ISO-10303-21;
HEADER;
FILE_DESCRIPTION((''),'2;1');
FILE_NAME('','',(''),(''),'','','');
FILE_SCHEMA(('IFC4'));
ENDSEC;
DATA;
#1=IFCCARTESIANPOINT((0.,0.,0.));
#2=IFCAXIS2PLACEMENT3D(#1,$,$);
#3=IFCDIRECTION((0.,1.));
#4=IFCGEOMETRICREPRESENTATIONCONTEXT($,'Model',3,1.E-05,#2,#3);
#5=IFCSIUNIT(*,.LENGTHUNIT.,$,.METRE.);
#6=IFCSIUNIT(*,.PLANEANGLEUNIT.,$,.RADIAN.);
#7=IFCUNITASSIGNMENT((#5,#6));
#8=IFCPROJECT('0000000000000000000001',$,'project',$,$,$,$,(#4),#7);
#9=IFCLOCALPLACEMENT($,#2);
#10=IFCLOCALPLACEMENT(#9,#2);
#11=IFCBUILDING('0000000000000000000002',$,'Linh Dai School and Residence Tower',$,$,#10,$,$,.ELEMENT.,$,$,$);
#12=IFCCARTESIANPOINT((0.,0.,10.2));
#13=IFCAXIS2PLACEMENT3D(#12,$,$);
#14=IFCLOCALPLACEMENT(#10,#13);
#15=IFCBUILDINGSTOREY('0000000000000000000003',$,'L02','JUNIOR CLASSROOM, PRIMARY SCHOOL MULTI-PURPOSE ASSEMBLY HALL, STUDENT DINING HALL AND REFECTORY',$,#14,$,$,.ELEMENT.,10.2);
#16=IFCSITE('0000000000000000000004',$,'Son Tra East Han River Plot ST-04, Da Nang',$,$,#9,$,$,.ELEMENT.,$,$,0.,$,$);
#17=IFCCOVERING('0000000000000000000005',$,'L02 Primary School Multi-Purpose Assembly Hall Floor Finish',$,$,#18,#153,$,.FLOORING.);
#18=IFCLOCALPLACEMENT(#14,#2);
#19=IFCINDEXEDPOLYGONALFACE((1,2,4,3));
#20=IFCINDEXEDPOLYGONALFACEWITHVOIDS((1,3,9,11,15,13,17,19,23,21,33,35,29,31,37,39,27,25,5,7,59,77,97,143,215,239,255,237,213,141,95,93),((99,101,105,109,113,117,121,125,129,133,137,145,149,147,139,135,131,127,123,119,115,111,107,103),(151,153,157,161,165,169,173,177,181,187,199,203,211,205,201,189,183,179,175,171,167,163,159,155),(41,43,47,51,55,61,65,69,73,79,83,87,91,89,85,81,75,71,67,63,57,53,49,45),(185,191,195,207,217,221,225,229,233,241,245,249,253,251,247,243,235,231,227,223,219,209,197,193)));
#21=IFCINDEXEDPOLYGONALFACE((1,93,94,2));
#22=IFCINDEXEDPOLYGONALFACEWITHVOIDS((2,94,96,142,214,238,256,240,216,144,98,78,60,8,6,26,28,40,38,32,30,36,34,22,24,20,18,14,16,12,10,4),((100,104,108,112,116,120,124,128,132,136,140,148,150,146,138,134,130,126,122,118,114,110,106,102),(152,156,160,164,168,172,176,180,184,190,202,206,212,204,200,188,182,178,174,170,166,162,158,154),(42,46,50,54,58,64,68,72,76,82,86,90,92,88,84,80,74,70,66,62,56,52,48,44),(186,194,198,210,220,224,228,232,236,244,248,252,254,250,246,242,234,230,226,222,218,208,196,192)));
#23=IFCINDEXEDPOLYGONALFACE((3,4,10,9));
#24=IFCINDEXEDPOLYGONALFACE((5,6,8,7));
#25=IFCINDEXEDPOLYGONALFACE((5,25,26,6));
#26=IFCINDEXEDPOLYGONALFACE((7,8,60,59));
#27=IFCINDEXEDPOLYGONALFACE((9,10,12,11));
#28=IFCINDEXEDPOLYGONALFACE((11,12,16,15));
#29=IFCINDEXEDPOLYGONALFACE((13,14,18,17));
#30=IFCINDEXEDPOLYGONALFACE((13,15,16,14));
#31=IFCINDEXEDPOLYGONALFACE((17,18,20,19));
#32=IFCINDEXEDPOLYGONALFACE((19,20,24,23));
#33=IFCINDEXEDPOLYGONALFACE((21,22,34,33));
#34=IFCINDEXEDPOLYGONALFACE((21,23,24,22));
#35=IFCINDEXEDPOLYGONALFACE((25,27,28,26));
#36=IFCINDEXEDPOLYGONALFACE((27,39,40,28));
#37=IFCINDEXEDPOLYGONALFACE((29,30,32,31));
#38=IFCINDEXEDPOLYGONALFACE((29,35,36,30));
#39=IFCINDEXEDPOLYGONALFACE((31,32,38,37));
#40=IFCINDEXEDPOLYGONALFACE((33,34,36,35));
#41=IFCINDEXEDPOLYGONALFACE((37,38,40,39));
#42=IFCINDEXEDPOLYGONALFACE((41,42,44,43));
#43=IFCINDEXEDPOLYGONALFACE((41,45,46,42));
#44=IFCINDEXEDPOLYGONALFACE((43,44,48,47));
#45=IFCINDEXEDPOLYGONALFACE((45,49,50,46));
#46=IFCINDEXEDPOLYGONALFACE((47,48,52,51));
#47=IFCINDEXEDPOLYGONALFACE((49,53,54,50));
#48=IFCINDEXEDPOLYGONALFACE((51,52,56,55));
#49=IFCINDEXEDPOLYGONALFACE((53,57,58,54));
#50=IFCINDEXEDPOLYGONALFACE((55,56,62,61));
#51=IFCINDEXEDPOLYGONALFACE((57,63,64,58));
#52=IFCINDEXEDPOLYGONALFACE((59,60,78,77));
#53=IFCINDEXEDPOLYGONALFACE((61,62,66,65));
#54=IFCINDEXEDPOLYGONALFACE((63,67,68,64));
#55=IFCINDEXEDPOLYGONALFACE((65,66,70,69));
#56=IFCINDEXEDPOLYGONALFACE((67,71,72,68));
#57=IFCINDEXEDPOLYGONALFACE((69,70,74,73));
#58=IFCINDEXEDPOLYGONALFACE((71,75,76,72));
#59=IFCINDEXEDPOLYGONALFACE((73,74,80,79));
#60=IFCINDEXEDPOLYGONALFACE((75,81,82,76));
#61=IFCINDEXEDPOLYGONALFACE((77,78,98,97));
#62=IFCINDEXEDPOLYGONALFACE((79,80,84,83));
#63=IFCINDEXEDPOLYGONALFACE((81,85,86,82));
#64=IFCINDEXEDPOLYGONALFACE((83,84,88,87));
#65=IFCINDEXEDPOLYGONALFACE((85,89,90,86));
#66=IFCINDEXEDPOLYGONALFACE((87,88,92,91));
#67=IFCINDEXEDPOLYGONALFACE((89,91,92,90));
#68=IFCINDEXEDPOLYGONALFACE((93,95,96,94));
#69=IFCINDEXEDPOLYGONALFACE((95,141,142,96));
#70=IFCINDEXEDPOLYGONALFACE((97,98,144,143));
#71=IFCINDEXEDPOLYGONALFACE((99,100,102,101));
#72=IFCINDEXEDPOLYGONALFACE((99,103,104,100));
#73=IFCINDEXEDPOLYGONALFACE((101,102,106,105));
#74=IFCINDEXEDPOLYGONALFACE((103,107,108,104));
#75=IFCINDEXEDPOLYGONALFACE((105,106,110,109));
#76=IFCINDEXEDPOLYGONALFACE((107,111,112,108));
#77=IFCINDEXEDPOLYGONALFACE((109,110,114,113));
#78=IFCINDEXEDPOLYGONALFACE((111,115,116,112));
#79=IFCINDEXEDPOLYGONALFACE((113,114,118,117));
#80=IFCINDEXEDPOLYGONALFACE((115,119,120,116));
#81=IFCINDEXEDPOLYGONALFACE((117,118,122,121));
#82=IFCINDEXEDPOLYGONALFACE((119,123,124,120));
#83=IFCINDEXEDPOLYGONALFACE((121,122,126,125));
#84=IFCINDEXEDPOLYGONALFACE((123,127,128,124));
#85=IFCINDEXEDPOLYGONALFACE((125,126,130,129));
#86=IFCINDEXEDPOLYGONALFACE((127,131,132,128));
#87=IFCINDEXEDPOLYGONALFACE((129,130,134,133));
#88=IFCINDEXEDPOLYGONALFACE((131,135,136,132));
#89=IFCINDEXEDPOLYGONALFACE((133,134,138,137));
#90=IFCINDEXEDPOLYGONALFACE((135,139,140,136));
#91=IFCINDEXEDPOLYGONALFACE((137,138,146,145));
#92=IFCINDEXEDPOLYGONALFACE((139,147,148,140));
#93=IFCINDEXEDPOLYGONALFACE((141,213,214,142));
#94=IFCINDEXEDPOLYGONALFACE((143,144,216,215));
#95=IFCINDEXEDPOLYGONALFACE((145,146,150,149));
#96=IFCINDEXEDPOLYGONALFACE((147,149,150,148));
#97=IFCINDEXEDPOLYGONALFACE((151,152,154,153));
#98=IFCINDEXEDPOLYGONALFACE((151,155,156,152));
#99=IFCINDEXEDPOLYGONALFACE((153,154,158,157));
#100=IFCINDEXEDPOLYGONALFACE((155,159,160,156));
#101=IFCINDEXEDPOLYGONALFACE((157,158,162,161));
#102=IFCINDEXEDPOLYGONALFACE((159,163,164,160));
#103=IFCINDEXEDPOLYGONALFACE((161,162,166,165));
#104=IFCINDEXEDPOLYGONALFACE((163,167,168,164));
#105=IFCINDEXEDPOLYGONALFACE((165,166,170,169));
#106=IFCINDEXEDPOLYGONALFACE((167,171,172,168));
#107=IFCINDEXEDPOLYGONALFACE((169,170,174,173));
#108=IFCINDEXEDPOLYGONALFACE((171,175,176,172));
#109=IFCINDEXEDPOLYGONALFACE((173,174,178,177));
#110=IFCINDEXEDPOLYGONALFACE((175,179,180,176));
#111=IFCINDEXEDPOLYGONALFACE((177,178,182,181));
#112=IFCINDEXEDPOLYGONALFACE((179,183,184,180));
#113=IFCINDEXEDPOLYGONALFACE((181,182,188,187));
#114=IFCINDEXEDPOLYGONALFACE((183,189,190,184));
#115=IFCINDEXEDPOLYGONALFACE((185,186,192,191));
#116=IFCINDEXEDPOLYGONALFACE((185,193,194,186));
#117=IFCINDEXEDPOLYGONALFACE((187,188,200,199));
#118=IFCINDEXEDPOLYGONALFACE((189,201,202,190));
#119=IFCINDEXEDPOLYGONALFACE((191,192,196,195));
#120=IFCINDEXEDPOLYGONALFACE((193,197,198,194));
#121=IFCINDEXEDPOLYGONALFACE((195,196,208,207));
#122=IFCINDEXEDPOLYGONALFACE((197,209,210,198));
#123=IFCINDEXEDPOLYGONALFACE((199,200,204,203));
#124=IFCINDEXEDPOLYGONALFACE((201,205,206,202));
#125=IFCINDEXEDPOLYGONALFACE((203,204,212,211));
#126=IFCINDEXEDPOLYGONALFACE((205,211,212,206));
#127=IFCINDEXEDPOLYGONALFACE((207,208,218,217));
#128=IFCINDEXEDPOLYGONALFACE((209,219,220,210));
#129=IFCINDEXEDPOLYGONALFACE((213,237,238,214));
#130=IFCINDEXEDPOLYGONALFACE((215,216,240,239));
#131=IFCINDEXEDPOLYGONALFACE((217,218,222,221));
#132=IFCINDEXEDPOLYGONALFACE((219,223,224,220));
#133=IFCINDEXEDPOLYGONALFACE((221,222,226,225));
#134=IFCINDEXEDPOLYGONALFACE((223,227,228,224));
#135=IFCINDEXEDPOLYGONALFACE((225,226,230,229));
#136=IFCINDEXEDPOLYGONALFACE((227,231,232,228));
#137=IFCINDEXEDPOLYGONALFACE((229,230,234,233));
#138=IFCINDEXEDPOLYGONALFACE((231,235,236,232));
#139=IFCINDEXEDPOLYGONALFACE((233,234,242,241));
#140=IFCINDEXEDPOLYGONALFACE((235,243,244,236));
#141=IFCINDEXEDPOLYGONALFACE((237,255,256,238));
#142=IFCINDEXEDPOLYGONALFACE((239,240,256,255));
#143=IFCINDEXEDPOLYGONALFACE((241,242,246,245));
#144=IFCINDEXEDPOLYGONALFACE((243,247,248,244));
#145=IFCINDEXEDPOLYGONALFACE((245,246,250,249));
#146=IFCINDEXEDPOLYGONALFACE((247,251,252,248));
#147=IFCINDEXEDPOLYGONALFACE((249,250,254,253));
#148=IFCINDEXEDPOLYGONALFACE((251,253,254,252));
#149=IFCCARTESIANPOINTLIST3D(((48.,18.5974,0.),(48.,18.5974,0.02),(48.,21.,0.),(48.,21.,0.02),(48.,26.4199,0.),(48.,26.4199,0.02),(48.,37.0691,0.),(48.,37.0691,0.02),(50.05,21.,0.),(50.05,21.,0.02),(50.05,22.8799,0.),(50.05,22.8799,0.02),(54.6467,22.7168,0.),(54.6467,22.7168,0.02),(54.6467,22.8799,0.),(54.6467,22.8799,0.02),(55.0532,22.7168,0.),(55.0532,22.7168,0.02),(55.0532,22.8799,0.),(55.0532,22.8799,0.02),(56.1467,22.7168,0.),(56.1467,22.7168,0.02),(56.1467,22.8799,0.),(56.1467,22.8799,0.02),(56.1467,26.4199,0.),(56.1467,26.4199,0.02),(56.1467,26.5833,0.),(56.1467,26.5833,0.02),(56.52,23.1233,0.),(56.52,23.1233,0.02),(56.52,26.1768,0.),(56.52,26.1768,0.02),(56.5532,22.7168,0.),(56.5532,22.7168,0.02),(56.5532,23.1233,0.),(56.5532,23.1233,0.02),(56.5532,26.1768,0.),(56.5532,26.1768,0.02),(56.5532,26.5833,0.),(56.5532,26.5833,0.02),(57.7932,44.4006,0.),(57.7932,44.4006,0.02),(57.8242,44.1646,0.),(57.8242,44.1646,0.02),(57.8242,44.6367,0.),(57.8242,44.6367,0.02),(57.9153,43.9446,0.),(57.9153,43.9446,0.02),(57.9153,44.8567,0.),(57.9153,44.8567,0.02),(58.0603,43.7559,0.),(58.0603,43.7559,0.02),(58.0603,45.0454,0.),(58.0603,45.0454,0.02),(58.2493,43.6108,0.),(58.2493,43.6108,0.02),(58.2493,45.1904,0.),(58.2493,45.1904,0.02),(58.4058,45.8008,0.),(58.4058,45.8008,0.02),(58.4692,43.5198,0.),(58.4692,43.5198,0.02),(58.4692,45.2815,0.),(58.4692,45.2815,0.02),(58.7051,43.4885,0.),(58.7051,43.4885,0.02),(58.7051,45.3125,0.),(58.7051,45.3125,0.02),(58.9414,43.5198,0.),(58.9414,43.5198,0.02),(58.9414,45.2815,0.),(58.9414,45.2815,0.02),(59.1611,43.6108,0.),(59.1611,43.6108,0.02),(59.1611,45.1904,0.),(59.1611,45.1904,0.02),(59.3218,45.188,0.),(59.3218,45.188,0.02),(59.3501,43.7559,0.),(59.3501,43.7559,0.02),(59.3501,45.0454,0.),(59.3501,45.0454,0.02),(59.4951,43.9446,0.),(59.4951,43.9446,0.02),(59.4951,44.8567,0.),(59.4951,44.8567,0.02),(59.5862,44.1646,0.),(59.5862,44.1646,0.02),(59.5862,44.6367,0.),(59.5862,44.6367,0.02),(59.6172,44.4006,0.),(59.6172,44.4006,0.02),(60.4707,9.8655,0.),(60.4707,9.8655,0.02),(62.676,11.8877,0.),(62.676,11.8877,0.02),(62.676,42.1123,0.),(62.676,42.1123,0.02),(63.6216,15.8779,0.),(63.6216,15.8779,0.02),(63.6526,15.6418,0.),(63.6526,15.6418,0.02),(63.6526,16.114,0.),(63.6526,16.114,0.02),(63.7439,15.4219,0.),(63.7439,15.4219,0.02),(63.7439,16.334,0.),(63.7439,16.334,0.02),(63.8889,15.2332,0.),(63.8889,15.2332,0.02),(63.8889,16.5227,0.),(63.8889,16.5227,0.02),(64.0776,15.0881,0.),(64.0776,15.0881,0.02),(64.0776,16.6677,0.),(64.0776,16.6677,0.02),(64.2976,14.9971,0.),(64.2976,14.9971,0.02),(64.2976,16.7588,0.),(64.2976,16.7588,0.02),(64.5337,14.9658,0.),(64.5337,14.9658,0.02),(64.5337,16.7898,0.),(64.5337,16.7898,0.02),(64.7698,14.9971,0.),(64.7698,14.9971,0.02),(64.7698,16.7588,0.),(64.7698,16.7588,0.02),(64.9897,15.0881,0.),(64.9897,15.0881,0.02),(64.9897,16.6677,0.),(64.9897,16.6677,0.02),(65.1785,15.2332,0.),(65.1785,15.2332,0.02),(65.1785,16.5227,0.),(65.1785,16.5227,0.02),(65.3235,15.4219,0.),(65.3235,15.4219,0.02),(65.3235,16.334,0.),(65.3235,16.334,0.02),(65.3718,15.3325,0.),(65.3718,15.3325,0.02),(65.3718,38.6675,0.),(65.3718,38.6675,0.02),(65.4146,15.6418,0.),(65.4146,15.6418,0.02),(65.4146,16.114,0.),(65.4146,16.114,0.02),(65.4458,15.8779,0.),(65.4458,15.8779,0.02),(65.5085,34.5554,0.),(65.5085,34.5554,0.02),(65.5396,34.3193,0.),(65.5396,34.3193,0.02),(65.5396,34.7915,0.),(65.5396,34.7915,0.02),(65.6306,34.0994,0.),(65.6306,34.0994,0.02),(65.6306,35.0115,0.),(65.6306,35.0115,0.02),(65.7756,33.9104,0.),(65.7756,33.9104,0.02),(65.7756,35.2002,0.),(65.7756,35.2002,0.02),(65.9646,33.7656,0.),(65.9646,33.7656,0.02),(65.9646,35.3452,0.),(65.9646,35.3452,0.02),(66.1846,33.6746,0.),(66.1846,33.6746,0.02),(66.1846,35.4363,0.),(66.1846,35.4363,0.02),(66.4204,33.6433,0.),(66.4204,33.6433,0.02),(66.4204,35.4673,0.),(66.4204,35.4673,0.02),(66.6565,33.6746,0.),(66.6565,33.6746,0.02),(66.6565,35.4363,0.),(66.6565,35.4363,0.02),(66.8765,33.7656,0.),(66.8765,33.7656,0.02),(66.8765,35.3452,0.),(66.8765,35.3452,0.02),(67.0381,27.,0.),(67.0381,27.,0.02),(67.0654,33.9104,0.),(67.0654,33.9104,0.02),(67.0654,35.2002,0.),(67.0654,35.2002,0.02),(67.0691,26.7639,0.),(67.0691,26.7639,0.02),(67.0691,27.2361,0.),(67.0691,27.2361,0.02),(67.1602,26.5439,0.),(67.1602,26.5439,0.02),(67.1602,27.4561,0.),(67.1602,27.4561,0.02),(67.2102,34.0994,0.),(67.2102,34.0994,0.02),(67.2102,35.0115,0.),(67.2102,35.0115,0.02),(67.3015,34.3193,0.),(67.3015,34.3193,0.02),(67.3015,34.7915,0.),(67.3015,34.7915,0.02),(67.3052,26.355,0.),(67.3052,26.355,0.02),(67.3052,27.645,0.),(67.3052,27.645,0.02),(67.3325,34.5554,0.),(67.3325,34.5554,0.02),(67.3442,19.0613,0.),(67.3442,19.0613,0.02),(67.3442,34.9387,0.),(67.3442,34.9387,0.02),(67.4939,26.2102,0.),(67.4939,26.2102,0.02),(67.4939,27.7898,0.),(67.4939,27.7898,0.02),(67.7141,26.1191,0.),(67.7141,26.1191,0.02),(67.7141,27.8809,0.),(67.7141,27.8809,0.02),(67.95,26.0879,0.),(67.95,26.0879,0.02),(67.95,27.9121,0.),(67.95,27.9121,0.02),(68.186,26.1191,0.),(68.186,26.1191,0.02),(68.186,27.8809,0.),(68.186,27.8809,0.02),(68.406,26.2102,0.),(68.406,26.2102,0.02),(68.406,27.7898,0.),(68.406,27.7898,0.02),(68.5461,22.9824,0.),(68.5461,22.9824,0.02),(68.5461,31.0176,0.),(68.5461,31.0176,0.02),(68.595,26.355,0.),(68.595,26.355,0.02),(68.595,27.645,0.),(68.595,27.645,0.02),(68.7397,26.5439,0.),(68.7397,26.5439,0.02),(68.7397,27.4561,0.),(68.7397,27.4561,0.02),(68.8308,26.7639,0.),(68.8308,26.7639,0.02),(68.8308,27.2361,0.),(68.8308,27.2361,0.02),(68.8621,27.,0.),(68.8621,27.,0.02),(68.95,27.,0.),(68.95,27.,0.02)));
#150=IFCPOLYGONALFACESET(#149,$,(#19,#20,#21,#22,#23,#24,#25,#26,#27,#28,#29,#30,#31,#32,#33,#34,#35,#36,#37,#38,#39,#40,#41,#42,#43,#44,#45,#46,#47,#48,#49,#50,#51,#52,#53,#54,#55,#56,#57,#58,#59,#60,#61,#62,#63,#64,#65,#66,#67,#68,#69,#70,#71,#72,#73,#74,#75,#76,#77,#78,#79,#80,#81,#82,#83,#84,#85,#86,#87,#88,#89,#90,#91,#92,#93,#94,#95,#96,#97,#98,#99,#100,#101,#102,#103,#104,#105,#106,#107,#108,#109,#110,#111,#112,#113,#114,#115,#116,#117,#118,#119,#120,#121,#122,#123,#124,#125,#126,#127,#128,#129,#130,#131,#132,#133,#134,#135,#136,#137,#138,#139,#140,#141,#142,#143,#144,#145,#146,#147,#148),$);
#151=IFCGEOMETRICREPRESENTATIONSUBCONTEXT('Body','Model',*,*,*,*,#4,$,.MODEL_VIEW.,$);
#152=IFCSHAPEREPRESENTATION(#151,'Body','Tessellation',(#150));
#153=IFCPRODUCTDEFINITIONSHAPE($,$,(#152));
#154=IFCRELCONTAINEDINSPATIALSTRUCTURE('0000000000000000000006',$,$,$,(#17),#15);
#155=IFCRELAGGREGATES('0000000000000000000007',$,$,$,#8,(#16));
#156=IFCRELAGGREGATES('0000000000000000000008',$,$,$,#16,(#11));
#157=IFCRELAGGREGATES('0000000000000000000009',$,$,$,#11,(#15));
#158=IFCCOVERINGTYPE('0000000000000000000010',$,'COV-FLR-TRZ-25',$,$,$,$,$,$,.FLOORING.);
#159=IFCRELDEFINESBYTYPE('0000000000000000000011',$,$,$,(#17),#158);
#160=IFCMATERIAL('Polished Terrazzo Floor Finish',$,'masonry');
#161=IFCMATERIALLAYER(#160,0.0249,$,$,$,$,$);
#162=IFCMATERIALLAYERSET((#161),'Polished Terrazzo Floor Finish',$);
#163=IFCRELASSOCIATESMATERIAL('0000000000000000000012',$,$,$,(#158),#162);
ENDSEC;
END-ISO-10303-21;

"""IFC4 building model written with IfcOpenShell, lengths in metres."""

from ifc_helpers import new_model, si_unit, direction, frame, origin, place, context, subcontext, project, spatial, polyline, outline, extrude, material, layer, layer_set, type_object, element, save


model = new_model("IFC4")

# Units and contexts
model_context = context("Model", 3, precision=1e-05, world=origin(), true_north=direction((0.0, 1.0)))
body_context = subcontext(model_context, "Body", "Model", "MODEL_VIEW")
ifc_project = project(units=[si_unit("LENGTHUNIT", "METRE"), si_unit("PLANEANGLEUNIT", "RADIAN")], contexts=[model_context])

# Site, building, storey
site_placement = place(None, origin())
site = spatial("IfcSite", under=ifc_project, at=site_placement, Name="Son Tra East Han River Plot ST-04, Da Nang", CompositionType="ELEMENT", RefElevation=0.0)
building_placement = place(site_placement, origin())
building = spatial("IfcBuilding", under=site, at=building_placement, Name="Linh Dai School and Residence Tower", CompositionType="ELEMENT")
storey_placement = place(building_placement, frame((0.0, 0.0, 10.2)))
storey = spatial("IfcBuildingStorey", under=building, at=storey_placement, Name="L02", Description="JUNIOR CLASSROOM, PRIMARY SCHOOL MULTI-PURPOSE ASSEMBLY HALL, STUDENT DINING HALL AND REFECTORY", CompositionType="ELEMENT", Elevation=10.2)

# Covering
ifc_material_1 = material(Name="Polished Terrazzo Floor Finish", Category="masonry")
ifc_layer_1 = layer(ifc_material_1, 0.0249)
ifc_layer_set_1 = layer_set([ifc_layer_1], Name="Polished Terrazzo Floor Finish")
covering_type_1 = type_object("IfcCoveringType", Name="COV-FLR-TRZ-25", PredefinedType="FLOORING", material=ifc_layer_set_1)
covering_1_placement = place(storey_placement, origin())
element("IfcCovering", 1, at=covering_1_placement, inside=storey, type_object=covering_type_1, Name="L02 Primary School Multi-Purpose Assembly Hall Floor Finish", PredefinedType="FLOORING", context=body_context, shape_type="SweptSolid", body=[
    extrude(outline(polyline([(62.676, 11.8877), (60.4707, 9.8655), (48.0, 18.5974), (48.0, 21.0), (50.05, 21.0), (50.05, 22.8799), (54.6467, 22.8799), (54.6467, 22.7168), (55.0532, 22.7168), (55.0532, 22.8799), (56.1467, 22.8799), (56.1467, 22.7168), (56.5532, 22.7168), (56.5532, 23.1233), (56.52, 23.1233), (56.52, 26.1768), (56.5532, 26.1768), (56.5532, 26.5833), (56.1467, 26.5833), (56.1467, 26.4199), (48.0, 26.4199), (48.0, 37.0691), (58.4058, 45.8008), (59.3218, 45.188), (62.676, 42.1123), (65.3718, 38.6675), (67.3442, 34.9387), (68.5461, 31.0176), (68.95, 27.0), (68.5461, 22.9824), (67.3442, 19.0613), (65.3718, 15.3325), (62.676, 11.8877)]), holes=[polyline([(68.7397, 26.5439), (68.8308, 26.7639), (68.8621, 27.0), (68.8308, 27.2361), (68.7397, 27.4561), (68.595, 27.645), (68.406, 27.7898), (68.186, 27.8809), (67.95, 27.9121), (67.7141, 27.8809), (67.4939, 27.7898), (67.3052, 27.645), (67.1602, 27.4561), (67.0691, 27.2361), (67.0381, 27.0), (67.0691, 26.7639), (67.1602, 26.5439), (67.3052, 26.355), (67.4939, 26.2102), (67.7141, 26.1191), (67.95, 26.0879), (68.186, 26.1191), (68.406, 26.2102), (68.595, 26.355), (68.7397, 26.5439)]), polyline([(67.2102, 34.0994), (67.3015, 34.3193), (67.3325, 34.5554), (67.3015, 34.7915), (67.2102, 35.0115), (67.0654, 35.2002), (66.8765, 35.3452), (66.6565, 35.4363), (66.4204, 35.4673), (66.1846, 35.4363), (65.9646, 35.3452), (65.7756, 35.2002), (65.6306, 35.0115), (65.5396, 34.7915), (65.5085, 34.5554), (65.5396, 34.3193), (65.6306, 34.0994), (65.7756, 33.9104), (65.9646, 33.7656), (66.1846, 33.6746), (66.4204, 33.6433), (66.6565, 33.6746), (66.8765, 33.7656), (67.0654, 33.9104), (67.2102, 34.0994)]), polyline([(65.3235, 15.4219), (65.4146, 15.6418), (65.4458, 15.8779), (65.4146, 16.114), (65.3235, 16.334), (65.1785, 16.5227), (64.9897, 16.6677), (64.7698, 16.7588), (64.5337, 16.7898), (64.2976, 16.7588), (64.0776, 16.6677), (63.8889, 16.5227), (63.7439, 16.334), (63.6526, 16.114), (63.6216, 15.8779), (63.6526, 15.6418), (63.7439, 15.4219), (63.8889, 15.2332), (64.0776, 15.0881), (64.2976, 14.9971), (64.5337, 14.9658), (64.7698, 14.9971), (64.9897, 15.0881), (65.1785, 15.2332), (65.3235, 15.4219)]), polyline([(59.4951, 43.9446), (59.5862, 44.1646), (59.6172, 44.4006), (59.5862, 44.6367), (59.4951, 44.8567), (59.3501, 45.0454), (59.1611, 45.1904), (58.9414, 45.2815), (58.7051, 45.3125), (58.4692, 45.2815), (58.2493, 45.1904), (58.0603, 45.0454), (57.9153, 44.8567), (57.8242, 44.6367), (57.7932, 44.4006), (57.8242, 44.1646), (57.9153, 43.9446), (58.0603, 43.7559), (58.2493, 43.6108), (58.4692, 43.5198), (58.7051, 43.4885), (58.9414, 43.5198), (59.1611, 43.6108), (59.3501, 43.7559), (59.4951, 43.9446)])]), origin(), (0.0, 0.0, 1.0), 0.02),
])

save(model, "model.ifc")
